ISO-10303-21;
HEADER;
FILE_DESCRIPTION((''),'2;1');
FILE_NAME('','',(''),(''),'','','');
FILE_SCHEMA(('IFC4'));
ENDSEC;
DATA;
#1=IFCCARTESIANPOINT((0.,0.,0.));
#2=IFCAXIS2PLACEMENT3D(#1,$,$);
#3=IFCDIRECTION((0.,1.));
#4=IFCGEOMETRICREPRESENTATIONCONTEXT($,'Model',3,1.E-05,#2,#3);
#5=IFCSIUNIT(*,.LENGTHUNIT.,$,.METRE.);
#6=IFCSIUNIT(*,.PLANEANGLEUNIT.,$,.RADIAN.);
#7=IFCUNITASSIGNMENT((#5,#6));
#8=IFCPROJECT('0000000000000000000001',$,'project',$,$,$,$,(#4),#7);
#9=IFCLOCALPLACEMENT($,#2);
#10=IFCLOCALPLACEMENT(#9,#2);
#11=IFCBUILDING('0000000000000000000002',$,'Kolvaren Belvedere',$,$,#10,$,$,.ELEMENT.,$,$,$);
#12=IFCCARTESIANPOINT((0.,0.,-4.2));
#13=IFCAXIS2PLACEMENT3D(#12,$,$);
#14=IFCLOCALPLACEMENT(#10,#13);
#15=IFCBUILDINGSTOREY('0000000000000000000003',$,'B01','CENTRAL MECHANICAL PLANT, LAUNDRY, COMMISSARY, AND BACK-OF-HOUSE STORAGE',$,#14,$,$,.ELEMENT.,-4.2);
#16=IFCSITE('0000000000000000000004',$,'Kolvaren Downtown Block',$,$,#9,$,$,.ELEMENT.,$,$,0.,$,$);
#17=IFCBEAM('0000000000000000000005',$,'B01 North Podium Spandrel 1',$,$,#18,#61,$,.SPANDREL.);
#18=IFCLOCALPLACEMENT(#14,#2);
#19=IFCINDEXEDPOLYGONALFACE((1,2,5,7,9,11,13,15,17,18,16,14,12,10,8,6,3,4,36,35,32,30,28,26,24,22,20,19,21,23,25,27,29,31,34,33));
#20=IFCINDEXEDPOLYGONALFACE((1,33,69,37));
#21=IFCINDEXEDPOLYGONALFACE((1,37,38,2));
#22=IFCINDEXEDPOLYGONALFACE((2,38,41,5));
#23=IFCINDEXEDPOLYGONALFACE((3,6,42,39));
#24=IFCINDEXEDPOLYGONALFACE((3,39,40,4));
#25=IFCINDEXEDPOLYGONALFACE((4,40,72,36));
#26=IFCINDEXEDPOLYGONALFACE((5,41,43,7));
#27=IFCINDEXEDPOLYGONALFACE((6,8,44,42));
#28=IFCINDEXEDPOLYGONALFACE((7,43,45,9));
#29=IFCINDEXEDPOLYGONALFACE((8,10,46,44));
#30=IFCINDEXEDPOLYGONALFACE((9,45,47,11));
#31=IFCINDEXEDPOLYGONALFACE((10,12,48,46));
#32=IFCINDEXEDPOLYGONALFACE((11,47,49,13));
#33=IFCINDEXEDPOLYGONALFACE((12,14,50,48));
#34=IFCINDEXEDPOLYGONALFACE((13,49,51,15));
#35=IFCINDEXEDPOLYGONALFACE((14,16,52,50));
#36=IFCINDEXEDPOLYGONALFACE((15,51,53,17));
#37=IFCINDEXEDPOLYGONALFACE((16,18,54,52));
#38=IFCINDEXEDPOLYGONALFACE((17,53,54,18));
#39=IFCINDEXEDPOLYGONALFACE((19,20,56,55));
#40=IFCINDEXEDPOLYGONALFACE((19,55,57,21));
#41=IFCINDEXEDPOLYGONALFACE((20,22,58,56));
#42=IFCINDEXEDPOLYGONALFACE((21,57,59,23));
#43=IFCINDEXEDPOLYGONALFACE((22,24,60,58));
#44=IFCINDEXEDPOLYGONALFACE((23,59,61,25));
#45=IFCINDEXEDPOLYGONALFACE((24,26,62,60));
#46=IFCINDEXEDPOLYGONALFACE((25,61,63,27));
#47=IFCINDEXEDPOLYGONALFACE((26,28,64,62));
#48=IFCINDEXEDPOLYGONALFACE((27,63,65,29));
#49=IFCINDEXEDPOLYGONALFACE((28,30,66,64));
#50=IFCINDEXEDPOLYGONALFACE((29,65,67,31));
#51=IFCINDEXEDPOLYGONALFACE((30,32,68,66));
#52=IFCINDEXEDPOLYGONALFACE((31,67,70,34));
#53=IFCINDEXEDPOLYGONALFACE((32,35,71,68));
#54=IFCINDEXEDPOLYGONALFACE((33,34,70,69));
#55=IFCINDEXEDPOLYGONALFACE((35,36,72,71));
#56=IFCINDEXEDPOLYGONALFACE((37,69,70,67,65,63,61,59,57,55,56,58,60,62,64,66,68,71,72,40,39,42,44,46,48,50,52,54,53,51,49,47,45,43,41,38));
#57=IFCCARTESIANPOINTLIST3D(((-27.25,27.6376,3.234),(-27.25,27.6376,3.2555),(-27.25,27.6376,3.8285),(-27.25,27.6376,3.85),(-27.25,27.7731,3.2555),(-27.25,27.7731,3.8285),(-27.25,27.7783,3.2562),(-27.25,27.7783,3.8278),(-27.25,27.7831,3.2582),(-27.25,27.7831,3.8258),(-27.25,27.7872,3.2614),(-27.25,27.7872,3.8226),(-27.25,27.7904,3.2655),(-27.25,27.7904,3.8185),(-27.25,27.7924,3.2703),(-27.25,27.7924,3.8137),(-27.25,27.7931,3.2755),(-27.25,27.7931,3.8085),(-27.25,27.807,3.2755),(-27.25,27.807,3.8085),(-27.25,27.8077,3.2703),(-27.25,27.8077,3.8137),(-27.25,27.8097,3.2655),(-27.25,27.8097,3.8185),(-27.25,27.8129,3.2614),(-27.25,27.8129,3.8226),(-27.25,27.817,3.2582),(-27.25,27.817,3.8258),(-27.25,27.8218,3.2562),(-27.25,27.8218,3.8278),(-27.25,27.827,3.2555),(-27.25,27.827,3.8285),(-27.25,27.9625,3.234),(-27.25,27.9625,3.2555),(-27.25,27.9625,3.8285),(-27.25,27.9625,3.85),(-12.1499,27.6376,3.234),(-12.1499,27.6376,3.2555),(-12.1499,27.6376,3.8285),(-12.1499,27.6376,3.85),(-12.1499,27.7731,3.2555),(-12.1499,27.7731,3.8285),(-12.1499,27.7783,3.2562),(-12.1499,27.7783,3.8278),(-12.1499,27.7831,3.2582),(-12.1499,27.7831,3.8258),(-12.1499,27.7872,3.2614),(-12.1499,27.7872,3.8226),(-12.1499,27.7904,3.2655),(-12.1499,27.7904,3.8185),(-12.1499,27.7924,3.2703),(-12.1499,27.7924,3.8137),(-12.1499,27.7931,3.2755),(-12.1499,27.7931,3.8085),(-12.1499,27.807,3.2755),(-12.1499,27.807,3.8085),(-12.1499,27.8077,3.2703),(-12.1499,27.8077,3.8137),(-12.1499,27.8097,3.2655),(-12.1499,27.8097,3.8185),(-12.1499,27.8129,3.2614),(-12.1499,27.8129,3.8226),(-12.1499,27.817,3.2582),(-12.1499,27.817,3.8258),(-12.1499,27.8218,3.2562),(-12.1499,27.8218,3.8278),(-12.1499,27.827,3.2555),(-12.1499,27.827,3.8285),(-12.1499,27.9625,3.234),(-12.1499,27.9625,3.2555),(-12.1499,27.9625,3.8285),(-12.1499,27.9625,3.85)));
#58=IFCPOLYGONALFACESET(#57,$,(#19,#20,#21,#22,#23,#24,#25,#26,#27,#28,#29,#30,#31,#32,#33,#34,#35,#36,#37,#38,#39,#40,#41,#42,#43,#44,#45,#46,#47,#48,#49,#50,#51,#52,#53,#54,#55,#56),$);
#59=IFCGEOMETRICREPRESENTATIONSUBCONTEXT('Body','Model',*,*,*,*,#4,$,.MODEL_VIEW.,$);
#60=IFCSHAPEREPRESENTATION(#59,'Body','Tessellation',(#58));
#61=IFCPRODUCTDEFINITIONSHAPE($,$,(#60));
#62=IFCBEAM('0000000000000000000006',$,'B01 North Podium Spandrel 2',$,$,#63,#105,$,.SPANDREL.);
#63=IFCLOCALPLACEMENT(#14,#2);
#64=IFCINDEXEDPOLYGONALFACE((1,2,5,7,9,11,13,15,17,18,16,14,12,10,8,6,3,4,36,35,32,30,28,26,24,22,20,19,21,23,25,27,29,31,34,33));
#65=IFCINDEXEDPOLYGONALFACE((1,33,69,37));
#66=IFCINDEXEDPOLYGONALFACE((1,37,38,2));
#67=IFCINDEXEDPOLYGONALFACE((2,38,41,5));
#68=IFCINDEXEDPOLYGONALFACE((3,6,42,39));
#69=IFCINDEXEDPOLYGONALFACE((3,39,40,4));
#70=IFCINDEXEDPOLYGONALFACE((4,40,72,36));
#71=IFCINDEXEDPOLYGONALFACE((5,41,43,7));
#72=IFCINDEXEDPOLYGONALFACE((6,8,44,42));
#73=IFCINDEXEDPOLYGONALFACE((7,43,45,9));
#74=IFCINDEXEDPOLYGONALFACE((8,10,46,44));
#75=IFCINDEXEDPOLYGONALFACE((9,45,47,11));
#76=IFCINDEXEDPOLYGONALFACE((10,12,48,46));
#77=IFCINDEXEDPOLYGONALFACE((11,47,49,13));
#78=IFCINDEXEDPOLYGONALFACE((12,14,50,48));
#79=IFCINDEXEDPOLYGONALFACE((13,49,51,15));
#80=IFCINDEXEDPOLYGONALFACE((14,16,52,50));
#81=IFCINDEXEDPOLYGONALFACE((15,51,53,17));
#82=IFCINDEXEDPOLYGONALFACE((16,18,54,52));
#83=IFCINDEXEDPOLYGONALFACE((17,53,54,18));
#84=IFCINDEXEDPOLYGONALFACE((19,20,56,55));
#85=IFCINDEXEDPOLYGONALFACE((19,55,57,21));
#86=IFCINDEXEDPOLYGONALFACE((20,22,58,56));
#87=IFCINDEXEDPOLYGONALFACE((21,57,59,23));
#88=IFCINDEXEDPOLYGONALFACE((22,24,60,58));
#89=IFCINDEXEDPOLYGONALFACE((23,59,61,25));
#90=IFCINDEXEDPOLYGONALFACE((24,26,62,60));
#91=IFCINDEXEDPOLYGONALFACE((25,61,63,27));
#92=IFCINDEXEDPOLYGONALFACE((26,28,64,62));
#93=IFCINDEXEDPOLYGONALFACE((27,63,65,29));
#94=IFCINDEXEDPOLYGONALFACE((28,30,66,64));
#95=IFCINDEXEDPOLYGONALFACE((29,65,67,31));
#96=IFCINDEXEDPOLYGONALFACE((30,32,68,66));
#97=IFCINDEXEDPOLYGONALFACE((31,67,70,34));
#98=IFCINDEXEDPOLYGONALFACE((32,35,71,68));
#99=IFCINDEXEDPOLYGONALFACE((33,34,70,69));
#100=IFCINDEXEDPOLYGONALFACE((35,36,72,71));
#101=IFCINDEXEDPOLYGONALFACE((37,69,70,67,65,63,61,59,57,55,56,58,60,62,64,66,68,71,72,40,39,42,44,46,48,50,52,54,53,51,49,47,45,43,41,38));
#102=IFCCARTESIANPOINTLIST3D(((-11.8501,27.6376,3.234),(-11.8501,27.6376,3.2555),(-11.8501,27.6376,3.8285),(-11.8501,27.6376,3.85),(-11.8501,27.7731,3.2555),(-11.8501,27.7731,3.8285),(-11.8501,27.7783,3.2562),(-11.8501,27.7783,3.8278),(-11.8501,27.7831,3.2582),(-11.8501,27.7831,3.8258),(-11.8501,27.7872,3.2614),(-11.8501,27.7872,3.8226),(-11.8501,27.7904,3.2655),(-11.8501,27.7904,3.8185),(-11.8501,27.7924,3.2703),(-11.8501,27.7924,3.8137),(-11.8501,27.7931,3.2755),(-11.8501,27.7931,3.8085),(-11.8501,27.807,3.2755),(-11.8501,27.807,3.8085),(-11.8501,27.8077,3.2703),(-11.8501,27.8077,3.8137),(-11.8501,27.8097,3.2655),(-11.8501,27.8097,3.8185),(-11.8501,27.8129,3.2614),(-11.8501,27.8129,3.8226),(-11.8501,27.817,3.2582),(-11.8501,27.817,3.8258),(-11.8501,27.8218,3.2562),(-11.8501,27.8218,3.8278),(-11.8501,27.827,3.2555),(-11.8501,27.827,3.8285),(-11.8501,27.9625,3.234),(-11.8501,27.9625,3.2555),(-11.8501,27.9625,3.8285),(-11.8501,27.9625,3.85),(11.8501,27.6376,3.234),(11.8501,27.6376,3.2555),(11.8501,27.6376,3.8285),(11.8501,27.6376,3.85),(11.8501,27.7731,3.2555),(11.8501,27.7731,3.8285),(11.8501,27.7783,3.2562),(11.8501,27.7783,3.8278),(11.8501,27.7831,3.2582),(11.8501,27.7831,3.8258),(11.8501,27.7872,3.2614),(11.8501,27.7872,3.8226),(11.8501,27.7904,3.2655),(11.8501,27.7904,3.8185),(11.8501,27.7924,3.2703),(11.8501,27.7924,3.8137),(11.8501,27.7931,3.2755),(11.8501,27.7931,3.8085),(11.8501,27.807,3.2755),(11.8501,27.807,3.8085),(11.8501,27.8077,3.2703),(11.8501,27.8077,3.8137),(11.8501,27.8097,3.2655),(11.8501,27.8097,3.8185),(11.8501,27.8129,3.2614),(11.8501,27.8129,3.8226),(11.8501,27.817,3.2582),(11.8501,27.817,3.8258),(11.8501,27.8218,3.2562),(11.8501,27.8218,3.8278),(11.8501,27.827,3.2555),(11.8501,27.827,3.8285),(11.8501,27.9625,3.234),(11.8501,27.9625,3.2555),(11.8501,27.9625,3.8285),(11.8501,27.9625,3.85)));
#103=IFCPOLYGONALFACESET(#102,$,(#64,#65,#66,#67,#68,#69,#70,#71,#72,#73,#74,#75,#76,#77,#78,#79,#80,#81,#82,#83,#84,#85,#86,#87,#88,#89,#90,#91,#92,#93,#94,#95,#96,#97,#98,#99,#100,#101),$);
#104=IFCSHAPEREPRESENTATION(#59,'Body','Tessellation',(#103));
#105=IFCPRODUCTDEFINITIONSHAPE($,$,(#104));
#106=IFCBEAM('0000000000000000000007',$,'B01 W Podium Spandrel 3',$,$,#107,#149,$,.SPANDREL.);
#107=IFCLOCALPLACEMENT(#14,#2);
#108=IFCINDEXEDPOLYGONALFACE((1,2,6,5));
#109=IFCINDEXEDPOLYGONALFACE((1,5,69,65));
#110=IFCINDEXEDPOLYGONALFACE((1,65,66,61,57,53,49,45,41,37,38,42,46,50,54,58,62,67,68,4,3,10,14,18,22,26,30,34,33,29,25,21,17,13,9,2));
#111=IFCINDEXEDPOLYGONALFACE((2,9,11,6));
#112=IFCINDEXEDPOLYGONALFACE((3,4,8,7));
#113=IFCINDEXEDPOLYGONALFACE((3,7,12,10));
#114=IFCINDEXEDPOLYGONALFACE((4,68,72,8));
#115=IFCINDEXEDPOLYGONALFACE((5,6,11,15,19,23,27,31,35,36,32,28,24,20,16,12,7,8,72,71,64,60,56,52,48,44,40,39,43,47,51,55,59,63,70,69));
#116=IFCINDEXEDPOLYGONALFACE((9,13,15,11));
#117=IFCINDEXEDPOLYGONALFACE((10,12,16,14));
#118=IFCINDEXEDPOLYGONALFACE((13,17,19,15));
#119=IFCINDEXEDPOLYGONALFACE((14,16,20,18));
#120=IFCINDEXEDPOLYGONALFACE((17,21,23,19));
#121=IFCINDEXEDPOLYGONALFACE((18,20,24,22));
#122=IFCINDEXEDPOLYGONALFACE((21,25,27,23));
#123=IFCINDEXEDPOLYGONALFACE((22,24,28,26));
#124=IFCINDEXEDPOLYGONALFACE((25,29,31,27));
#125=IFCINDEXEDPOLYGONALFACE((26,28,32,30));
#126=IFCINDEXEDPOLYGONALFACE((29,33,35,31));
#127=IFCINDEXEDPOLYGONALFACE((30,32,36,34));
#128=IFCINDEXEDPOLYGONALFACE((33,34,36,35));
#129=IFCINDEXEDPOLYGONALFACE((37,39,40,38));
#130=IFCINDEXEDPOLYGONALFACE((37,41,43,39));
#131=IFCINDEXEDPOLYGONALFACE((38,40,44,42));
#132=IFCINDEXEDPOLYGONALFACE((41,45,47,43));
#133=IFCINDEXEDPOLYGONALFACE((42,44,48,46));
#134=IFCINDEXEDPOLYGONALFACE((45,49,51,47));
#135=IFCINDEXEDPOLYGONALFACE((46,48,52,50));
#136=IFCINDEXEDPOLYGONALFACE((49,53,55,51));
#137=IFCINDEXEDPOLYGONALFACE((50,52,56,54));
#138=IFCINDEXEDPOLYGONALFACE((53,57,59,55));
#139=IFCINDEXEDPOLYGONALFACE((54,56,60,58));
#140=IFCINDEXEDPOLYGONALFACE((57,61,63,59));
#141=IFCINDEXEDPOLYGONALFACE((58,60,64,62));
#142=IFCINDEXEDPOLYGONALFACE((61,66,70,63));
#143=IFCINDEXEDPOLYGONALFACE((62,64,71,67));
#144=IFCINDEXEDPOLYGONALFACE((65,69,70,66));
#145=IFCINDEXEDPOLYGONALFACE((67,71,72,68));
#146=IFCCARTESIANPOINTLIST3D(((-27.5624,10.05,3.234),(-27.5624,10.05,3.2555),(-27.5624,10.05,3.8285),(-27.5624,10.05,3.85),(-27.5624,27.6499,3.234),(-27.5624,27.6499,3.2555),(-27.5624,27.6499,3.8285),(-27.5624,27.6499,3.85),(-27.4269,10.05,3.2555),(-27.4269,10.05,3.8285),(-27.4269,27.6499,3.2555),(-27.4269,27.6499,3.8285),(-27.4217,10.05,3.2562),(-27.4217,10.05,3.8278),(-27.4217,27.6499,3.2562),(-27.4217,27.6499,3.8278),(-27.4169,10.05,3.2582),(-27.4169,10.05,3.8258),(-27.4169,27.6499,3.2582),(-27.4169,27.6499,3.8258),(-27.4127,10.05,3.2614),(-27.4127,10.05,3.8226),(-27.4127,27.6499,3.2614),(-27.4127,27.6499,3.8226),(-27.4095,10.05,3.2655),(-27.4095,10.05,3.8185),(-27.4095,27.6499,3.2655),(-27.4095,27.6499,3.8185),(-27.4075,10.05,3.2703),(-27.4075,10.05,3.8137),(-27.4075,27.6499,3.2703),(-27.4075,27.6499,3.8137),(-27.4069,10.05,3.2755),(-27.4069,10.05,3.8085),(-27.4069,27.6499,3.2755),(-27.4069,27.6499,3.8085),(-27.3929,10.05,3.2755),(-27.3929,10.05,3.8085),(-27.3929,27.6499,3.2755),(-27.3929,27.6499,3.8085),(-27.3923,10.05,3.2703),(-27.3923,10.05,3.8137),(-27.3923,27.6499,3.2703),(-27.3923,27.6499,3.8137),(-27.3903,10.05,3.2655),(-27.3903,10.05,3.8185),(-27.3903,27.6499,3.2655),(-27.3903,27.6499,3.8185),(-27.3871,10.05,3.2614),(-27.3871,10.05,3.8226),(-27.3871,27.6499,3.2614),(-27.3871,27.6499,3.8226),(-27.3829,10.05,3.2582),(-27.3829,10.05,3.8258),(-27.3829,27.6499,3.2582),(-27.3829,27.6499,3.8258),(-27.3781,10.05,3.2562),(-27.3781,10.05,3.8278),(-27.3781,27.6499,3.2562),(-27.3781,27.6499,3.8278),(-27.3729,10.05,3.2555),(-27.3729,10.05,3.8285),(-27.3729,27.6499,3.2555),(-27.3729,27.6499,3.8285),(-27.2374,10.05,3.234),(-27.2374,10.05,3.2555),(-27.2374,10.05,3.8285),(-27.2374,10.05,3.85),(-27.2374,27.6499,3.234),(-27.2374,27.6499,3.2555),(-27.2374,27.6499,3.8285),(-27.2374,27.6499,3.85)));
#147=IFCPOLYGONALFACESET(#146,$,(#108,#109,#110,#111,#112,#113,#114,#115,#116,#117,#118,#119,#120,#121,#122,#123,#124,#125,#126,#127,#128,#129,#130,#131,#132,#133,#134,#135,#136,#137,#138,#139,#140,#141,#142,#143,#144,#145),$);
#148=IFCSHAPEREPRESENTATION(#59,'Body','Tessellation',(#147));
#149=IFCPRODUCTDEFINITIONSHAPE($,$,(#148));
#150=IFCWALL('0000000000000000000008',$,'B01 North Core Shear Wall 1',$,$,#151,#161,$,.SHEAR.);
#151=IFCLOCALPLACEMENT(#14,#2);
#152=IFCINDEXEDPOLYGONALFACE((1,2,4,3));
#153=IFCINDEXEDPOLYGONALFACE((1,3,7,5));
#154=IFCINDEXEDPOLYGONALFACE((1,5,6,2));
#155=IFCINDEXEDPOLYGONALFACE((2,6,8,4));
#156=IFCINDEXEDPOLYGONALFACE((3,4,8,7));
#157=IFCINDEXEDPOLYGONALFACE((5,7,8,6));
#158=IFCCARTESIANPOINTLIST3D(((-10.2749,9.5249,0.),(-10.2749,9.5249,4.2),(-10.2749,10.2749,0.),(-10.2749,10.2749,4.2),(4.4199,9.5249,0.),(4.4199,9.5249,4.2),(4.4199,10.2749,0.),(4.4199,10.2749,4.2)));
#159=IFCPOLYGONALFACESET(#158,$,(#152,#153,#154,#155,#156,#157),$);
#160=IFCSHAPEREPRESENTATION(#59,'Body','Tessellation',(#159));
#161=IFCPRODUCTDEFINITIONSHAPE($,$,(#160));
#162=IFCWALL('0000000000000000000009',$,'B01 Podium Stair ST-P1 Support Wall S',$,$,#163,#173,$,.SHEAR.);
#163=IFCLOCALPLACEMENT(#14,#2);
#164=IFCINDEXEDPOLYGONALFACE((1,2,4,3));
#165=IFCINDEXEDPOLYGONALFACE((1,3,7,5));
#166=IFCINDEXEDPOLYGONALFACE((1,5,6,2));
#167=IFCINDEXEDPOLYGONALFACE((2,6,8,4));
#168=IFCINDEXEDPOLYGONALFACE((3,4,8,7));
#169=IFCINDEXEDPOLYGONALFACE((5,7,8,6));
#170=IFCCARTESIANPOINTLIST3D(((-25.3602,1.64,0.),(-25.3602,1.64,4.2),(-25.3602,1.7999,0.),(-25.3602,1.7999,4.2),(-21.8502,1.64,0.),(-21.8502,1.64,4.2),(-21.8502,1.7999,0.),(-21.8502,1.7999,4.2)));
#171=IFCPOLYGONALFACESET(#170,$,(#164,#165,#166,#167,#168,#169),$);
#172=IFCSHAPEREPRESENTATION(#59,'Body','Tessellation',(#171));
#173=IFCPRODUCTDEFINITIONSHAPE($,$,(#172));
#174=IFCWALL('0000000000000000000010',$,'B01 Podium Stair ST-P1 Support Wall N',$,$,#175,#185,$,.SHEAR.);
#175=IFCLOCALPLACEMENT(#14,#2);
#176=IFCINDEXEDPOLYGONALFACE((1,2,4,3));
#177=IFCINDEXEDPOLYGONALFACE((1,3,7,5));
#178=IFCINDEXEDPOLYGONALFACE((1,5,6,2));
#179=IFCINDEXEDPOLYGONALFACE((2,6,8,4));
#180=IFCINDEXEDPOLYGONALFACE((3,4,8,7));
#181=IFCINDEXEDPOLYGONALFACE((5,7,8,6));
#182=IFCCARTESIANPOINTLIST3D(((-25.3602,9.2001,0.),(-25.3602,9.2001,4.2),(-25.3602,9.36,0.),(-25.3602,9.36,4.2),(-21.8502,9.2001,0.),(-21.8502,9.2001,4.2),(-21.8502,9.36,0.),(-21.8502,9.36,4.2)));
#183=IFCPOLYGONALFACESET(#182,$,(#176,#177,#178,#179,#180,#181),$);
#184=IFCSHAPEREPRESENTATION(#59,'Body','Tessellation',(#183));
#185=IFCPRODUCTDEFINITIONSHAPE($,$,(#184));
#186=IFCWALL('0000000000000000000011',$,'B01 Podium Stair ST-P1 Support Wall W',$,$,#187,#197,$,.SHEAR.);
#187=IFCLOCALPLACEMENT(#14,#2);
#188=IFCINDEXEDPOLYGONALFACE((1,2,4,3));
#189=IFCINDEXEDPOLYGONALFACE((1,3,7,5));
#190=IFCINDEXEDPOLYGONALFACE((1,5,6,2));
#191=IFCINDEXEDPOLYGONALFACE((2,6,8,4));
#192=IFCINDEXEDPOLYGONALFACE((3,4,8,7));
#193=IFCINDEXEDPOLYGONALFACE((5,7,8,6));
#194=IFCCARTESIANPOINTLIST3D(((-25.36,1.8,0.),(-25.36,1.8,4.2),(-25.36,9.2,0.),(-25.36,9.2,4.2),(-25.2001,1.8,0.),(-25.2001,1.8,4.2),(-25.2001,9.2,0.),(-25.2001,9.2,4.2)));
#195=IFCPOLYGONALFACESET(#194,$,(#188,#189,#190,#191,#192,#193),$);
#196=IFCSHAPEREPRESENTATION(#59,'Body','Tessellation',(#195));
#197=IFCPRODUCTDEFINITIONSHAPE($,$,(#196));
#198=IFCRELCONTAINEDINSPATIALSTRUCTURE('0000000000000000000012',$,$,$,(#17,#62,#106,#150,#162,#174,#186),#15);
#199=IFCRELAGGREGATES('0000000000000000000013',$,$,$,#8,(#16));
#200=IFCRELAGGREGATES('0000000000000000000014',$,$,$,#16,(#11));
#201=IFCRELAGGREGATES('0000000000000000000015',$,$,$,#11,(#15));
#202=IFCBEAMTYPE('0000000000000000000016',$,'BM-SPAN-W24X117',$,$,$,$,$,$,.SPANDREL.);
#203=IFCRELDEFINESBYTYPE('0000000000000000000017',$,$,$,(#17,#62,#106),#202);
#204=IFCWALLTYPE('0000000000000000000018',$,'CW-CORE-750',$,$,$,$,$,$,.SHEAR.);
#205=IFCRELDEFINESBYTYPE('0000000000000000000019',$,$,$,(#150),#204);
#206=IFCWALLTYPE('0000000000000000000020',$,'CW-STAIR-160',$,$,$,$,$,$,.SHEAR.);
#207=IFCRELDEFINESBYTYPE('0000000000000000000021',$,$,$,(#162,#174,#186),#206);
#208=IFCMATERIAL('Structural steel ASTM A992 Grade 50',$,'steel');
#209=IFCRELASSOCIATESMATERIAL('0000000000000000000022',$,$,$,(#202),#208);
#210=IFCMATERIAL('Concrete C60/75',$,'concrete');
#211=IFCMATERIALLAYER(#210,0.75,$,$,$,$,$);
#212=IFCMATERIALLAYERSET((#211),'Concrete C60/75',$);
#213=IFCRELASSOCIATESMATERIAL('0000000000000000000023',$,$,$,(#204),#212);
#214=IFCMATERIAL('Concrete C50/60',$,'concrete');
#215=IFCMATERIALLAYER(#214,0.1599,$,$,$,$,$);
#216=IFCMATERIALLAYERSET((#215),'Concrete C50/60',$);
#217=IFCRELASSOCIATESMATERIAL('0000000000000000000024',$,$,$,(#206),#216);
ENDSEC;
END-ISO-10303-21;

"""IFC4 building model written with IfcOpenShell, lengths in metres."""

from ifc_helpers import new_model, si_unit, direction, frame, frame_2d, origin, origin_2d, place, context, subcontext, project, spatial, rectangle, i_section, extrude, material, layer, layer_set, material_profile, profile_set, type_object, element, save


model = new_model("IFC4")

# Units and contexts
model_context = context("Model", 3, precision=1e-05, world=origin(), true_north=direction((0.0, 1.0)))
body_context = subcontext(model_context, "Body", "Model", "MODEL_VIEW")
ifc_project = project(units=[si_unit("LENGTHUNIT", "METRE"), si_unit("PLANEANGLEUNIT", "RADIAN")], contexts=[model_context])

# Site, building, storey
site_placement = place(None, origin())
site = spatial("IfcSite", under=ifc_project, at=site_placement, Name="Kolvaren Downtown Block", CompositionType="ELEMENT", RefElevation=0.0)
building_placement = place(site_placement, origin())
building = spatial("IfcBuilding", under=site, at=building_placement, Name="Kolvaren Belvedere", CompositionType="ELEMENT")
storey_placement = place(building_placement, frame((0.0, 0.0, -4.2)))
storey = spatial("IfcBuildingStorey", under=building, at=storey_placement, Name="B01", Description="CENTRAL MECHANICAL PLANT, LAUNDRY, COMMISSARY, AND BACK-OF-HOUSE STORAGE", CompositionType="ELEMENT", Elevation=-4.2)

# Beams
ifc_material_1 = material(Name="Structural steel ASTM A992 Grade 50", Category="steel")
ifc_material_profile_1 = material_profile(ifc_material_1, i_section(OverallWidth=0.325, OverallDepth=0.616, WebThickness=0.0139, FlangeThickness=0.0215, FilletRadius=0.02, at=origin_2d()), Name="W24X117")
ifc_profile_set_1 = profile_set([ifc_material_profile_1], Name="Structural steel ASTM A992 Grade 50")
beam_type_1 = type_object("IfcBeamType", Name="BM-SPAN-W24X117", PredefinedType="SPANDREL", material=ifc_profile_set_1)
beam_1_placement = place(storey_placement, frame((-27.25, 27.8, 3.542), z_axis=(1.0, 0.0, 0.0), x_axis=(0.0, 1.0, 0.0)))
element("IfcBeam", 1, at=beam_1_placement, inside=storey, type_object=beam_type_1, Name="B01 North Podium Spandrel 1", PredefinedType="SPANDREL", context=body_context, shape_type="SweptSolid", body=[
    extrude(i_section(OverallWidth=0.325, OverallDepth=0.616, WebThickness=0.0139, FlangeThickness=0.0215, FilletRadius=0.02, at=origin_2d()), origin(), (0.0, 0.0, 1.0), 15.1001),
])
beam_2_placement = place(storey_placement, frame((-11.8501, 27.8, 3.542), z_axis=(1.0, 0.0, 0.0), x_axis=(0.0, 1.0, 0.0)))
element("IfcBeam", 2, at=beam_2_placement, inside=storey, type_object=beam_type_1, Name="B01 North Podium Spandrel 2", PredefinedType="SPANDREL", context=body_context, shape_type="SweptSolid", body=[
    extrude(i_section(OverallWidth=0.325, OverallDepth=0.616, WebThickness=0.0139, FlangeThickness=0.0215, FilletRadius=0.02, at=origin_2d()), origin(), (0.0, 0.0, 1.0), 23.7002),
])
beam_3_placement = place(storey_placement, frame((-27.3999, 10.05, 3.542), z_axis=(0.0, 1.0, 0.0), x_axis=(-1.0, 0.0, 0.0)))
element("IfcBeam", 3, at=beam_3_placement, inside=storey, type_object=beam_type_1, Name="B01 W Podium Spandrel 3", PredefinedType="SPANDREL", context=body_context, shape_type="SweptSolid", body=[
    extrude(i_section(OverallWidth=0.325, OverallDepth=0.616, WebThickness=0.0139, FlangeThickness=0.0215, FilletRadius=0.02, at=origin_2d()), origin(), (0.0, 0.0, 1.0), 17.5999),
])

# Walls
ifc_material_2 = material(Name="Concrete C60/75", Category="concrete")
ifc_layer_1 = layer(ifc_material_2, 0.75)
ifc_layer_set_1 = layer_set([ifc_layer_1], Name="Concrete C60/75")
wall_type_1 = type_object("IfcWallType", Name="CW-CORE-750", PredefinedType="SHEAR", material=ifc_layer_set_1)
wall_1_placement = place(storey_placement, frame((-10.2749, 9.8999, 0.0), z_axis=(0.0, 0.0, 1.0), x_axis=(1.0, 0.0, 0.0)))
element("IfcWall", 4, at=wall_1_placement, inside=storey, type_object=wall_type_1, Name="B01 North Core Shear Wall 1", PredefinedType="SHEAR", context=body_context, shape_type="SweptSolid", body=[
    extrude(rectangle(XDim=14.6948, YDim=0.75, at=frame_2d((7.3474, 0.0))), origin(), (0.0, 0.0, 1.0), 4.2),
])
ifc_material_3 = material(Name="Concrete C50/60", Category="concrete")
ifc_layer_2 = layer(ifc_material_3, 0.1599)
ifc_layer_set_2 = layer_set([ifc_layer_2], Name="Concrete C50/60")
wall_type_2 = type_object("IfcWallType", Name="CW-STAIR-160", PredefinedType="SHEAR", material=ifc_layer_set_2)
for number, where, z_axis, x_axis, name in (
    (5, (-25.3601, 1.72, 0.0), (0.0, 0.0, 1.0), (1.0, 0.0, 0.0), "B01 Podium Stair ST-P1 Support Wall S"),
    (6, (-25.3601, 9.28, 0.0), (0.0, 0.0, 1.0), (1.0, 0.0, 0.0), "B01 Podium Stair ST-P1 Support Wall N"),
):
    element("IfcWall", number, at=place(storey_placement, frame(where, z_axis=z_axis, x_axis=x_axis)), inside=storey, type_object=wall_type_2, Name=name, PredefinedType="SHEAR", context=body_context, shape_type="SweptSolid", body=[
        extrude(rectangle(XDim=3.51, YDim=0.1599, at=frame_2d((1.7549, 0.0))), origin(), (0.0, 0.0, 1.0), 4.2),
    ])
for number, where, z_axis, x_axis, name in (
    (7, (-25.28, 1.8, 0.0), (0.0, 0.0, 1.0), (0.0, 1.0, 0.0), "B01 Podium Stair ST-P1 Support Wall W"),
):
    element("IfcWall", number, at=place(storey_placement, frame(where, z_axis=z_axis, x_axis=x_axis)), inside=storey, type_object=wall_type_2, Name=name, PredefinedType="SHEAR", context=body_context, shape_type="SweptSolid", body=[
        extrude(rectangle(XDim=7.3999, YDim=0.1599, at=frame_2d((3.7, 0.0))), origin(), (0.0, 0.0, 1.0), 4.2),
    ])

save(model, "model.ifc")
